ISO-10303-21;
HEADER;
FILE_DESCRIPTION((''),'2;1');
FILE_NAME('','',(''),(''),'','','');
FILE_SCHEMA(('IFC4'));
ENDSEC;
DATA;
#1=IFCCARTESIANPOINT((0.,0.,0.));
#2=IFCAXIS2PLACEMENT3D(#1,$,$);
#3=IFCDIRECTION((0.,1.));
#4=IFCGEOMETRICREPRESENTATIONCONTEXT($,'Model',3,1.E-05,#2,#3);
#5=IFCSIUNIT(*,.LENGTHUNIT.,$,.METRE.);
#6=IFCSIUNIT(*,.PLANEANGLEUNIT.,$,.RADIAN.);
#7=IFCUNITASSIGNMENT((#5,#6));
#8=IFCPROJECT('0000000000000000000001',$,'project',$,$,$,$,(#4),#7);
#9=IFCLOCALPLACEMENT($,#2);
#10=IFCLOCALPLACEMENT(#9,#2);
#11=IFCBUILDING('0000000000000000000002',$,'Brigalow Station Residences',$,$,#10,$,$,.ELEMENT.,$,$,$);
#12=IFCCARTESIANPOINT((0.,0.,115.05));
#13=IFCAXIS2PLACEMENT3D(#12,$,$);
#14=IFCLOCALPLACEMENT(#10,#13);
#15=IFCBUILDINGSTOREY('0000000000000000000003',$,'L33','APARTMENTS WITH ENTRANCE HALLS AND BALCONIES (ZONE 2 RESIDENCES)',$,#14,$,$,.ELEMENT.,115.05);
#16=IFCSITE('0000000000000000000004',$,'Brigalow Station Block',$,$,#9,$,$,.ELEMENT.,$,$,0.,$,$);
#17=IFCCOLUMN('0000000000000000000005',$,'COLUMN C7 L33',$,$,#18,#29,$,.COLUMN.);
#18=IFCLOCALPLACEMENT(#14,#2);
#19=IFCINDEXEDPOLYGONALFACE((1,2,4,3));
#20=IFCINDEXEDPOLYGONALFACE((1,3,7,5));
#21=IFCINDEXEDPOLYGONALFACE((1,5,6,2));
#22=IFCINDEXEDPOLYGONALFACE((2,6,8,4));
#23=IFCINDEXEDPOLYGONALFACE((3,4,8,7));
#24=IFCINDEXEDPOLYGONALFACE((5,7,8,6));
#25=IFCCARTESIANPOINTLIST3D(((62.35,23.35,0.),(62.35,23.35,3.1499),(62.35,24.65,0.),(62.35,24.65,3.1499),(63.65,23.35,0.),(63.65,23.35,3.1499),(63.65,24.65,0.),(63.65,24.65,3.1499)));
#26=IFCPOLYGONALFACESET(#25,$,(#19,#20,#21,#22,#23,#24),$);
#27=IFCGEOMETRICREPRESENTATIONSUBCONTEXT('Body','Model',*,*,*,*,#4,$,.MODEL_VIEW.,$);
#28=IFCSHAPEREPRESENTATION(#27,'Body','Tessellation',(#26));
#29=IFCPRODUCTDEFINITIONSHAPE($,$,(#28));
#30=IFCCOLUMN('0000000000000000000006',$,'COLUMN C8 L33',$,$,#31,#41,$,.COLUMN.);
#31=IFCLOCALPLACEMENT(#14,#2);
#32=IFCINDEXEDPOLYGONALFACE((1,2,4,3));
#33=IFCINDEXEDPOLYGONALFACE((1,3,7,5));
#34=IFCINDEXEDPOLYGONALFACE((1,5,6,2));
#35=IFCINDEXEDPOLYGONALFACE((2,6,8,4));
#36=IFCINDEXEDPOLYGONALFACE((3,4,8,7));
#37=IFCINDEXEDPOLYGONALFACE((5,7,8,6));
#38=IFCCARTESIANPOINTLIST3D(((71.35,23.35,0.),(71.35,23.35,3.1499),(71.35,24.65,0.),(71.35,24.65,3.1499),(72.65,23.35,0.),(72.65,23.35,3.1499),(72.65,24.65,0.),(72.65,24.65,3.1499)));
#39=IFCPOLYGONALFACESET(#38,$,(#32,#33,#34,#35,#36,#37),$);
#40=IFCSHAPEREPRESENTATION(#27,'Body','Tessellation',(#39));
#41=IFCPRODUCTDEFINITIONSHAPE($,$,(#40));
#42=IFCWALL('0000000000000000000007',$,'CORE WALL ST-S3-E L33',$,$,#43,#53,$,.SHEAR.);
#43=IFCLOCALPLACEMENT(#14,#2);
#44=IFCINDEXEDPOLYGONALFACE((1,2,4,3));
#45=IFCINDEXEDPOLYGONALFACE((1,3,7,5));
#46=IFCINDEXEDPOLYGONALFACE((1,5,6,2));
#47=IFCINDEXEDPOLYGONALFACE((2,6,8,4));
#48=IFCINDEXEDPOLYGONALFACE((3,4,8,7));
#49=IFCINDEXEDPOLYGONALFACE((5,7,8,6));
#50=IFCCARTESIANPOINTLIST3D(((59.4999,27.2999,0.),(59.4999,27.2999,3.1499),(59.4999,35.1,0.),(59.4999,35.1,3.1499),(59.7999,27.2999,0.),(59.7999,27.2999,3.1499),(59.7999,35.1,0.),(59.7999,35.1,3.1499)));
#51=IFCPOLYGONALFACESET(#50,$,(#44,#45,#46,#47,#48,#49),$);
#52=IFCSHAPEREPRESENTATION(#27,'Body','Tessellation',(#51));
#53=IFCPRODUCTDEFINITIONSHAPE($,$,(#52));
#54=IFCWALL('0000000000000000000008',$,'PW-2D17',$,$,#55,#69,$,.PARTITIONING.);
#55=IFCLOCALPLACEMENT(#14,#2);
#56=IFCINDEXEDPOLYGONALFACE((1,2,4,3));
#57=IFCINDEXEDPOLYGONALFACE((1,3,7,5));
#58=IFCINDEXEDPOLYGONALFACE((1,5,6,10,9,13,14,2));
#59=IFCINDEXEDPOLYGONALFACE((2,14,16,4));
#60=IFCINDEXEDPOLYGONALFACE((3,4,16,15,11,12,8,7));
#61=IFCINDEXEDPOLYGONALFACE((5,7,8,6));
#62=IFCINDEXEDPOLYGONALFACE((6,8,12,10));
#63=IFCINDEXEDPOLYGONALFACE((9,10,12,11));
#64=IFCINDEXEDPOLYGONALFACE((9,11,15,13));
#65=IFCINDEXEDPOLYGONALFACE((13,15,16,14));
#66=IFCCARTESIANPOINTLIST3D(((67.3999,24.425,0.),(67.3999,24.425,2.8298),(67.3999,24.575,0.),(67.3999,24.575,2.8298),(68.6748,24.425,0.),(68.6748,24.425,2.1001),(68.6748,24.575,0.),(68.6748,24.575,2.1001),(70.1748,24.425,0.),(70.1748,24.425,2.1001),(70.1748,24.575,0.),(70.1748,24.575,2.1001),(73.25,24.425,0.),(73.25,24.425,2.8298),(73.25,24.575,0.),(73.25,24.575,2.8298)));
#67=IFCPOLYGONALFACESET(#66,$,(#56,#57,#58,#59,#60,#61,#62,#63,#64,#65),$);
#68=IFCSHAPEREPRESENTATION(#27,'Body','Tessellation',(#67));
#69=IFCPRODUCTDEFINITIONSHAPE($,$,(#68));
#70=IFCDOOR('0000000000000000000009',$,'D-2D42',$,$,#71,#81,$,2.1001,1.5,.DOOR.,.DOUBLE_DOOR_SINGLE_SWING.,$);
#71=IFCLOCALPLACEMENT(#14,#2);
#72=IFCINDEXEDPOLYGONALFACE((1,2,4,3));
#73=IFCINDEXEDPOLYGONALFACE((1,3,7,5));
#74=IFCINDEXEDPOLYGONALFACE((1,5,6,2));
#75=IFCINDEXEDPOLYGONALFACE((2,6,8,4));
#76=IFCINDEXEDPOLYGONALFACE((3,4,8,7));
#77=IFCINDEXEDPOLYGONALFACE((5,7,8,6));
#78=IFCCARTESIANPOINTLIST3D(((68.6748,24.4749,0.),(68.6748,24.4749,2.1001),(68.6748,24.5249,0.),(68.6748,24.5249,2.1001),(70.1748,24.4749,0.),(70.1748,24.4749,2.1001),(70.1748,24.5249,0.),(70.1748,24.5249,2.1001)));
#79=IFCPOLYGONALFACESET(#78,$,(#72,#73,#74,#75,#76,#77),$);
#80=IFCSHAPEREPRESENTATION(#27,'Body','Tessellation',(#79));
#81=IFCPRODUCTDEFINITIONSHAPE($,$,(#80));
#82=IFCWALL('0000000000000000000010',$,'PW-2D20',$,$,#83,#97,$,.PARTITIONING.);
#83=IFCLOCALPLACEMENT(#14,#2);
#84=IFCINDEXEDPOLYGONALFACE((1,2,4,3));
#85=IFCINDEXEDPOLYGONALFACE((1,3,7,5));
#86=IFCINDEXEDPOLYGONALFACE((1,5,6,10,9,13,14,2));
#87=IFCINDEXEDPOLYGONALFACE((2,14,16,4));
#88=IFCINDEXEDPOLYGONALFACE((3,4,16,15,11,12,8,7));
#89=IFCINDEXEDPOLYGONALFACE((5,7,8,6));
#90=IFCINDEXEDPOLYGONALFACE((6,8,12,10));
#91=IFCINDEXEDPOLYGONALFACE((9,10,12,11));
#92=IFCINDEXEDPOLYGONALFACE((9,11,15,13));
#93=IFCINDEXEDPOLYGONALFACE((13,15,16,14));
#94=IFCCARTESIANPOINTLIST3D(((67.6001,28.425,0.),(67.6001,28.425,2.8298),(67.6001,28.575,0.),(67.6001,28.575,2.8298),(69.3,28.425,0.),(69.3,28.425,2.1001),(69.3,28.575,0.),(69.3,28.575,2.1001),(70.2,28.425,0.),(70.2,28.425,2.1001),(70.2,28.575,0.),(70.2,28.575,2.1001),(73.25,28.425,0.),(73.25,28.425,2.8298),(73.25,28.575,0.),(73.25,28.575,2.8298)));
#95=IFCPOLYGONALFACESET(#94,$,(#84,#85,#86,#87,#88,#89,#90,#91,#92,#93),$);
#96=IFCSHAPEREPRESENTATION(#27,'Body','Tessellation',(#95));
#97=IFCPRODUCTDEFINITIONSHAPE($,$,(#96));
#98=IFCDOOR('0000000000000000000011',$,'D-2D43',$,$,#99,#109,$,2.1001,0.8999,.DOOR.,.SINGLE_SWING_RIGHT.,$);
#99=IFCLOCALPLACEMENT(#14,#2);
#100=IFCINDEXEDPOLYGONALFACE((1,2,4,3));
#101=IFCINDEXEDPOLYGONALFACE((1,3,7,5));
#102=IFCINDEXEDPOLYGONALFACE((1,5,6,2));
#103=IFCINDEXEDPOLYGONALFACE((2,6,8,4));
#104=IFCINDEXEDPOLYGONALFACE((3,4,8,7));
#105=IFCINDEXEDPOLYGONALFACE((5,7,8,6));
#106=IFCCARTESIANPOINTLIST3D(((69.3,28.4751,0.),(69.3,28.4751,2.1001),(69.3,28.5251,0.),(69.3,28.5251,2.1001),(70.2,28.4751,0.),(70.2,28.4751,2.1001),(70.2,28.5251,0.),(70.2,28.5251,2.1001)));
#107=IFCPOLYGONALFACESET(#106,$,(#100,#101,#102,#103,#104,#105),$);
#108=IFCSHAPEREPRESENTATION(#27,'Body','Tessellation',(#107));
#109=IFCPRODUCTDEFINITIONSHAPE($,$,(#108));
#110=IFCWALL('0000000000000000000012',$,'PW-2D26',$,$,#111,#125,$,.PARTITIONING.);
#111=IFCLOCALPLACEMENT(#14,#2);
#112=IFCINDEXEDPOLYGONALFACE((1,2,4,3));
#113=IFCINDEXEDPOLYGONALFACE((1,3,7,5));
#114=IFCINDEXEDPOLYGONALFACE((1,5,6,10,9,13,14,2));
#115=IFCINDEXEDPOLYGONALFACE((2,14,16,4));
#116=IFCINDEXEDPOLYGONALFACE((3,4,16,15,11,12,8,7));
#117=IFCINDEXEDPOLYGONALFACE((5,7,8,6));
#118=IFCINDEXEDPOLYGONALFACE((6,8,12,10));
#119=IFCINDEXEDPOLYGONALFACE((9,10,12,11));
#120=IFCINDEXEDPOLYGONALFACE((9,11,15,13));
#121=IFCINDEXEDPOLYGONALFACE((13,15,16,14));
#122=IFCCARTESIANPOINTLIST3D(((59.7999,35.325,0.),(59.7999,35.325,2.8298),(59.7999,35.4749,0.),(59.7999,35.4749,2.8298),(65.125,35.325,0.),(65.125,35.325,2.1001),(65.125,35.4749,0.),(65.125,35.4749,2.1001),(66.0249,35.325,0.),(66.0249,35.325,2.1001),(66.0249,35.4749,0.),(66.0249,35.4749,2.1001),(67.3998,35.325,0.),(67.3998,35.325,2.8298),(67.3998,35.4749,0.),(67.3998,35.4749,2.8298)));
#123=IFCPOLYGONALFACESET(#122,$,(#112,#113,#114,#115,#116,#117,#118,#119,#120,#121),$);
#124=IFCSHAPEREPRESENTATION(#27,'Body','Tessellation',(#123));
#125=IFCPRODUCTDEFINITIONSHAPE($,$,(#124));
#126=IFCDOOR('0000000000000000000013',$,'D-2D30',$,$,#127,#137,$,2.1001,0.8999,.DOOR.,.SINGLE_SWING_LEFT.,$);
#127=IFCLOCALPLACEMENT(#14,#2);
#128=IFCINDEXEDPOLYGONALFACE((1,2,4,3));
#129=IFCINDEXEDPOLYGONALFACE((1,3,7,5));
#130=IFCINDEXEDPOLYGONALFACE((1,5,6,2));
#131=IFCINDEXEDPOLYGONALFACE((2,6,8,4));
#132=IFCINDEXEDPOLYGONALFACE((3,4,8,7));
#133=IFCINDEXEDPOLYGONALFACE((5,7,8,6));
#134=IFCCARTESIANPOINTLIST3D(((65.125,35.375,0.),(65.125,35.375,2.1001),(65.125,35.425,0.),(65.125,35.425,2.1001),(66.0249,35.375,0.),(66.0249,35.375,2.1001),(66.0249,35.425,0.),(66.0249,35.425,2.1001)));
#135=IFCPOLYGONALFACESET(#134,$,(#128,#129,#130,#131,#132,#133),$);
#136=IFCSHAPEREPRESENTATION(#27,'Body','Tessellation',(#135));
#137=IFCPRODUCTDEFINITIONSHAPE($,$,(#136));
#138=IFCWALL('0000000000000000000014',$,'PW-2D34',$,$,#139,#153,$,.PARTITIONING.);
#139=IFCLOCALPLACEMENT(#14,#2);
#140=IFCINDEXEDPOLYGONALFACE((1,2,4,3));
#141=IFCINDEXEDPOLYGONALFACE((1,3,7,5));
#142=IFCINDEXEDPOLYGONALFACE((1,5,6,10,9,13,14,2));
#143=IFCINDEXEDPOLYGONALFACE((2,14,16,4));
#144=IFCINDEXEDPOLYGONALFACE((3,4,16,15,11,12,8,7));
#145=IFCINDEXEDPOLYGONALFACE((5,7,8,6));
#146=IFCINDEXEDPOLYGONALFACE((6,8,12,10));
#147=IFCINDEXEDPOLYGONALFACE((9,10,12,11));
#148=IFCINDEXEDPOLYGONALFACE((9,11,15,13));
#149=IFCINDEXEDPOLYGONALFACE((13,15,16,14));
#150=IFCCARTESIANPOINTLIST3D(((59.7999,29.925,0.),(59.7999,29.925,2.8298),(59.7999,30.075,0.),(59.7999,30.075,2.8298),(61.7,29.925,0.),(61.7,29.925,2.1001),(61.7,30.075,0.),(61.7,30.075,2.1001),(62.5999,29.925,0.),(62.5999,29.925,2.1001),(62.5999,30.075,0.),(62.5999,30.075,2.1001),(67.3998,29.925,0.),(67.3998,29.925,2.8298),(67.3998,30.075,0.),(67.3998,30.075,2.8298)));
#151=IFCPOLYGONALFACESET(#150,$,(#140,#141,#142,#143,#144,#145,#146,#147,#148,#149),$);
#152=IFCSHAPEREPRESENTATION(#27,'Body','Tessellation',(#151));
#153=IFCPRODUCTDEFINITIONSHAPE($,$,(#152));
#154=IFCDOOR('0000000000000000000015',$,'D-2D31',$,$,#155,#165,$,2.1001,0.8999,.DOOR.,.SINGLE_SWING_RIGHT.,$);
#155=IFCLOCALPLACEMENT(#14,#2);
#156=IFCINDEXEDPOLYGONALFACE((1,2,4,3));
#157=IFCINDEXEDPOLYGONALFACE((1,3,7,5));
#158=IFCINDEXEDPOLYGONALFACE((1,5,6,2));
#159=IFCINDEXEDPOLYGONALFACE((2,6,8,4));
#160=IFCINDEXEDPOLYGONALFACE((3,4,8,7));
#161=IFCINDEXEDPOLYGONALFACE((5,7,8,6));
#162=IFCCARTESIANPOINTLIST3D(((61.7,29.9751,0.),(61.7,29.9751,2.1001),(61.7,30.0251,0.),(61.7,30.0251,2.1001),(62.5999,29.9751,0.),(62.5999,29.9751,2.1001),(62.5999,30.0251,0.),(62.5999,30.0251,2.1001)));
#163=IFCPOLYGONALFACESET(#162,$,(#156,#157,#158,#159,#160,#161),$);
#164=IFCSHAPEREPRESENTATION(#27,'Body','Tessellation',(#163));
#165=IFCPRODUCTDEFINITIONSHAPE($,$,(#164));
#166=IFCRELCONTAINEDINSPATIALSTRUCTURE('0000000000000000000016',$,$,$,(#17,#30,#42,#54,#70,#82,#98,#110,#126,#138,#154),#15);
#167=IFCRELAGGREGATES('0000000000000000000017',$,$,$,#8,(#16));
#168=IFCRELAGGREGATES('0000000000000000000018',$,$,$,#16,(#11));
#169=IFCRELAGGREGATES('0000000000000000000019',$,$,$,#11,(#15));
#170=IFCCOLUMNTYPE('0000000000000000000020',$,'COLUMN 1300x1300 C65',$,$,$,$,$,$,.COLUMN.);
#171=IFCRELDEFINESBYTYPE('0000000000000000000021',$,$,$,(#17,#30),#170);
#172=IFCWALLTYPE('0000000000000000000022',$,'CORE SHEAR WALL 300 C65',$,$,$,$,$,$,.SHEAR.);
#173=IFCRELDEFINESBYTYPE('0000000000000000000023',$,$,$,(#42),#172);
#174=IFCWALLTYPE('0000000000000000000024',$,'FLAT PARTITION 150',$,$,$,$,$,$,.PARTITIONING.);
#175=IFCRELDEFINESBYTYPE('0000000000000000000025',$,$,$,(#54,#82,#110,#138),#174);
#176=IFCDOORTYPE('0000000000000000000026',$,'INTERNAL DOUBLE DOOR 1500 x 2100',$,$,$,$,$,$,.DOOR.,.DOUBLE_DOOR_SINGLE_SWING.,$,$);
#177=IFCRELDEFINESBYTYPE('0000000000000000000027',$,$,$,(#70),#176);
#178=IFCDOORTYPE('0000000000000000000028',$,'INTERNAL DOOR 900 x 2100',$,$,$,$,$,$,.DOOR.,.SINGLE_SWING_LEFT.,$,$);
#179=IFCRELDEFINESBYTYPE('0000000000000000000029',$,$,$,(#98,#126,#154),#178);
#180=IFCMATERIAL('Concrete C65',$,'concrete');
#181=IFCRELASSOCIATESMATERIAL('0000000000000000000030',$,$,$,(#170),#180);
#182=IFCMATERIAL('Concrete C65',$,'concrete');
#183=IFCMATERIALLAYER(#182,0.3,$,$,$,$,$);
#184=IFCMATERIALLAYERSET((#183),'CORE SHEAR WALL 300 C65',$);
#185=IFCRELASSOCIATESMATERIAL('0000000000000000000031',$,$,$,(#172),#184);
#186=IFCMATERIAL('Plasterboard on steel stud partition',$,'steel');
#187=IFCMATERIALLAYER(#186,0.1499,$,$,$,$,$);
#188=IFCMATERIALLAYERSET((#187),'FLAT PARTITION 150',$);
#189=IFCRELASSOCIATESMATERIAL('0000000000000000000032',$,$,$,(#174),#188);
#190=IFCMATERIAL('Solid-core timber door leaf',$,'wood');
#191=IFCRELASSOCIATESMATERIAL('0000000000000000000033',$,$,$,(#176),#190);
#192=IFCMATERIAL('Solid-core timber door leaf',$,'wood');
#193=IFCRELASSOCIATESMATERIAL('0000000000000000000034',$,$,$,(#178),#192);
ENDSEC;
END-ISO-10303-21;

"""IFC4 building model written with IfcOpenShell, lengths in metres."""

from ifc_helpers import new_model, si_unit, direction, frame, frame_2d, origin, origin_2d, place, context, subcontext, project, spatial, rectangle, extrude, material, layer, layer_set, material_profile, profile_set, type_object, element, fill, save


model = new_model("IFC4")

# Units and contexts
model_context = context("Model", 3, precision=1e-05, world=origin(), true_north=direction((0.0, 1.0)))
body_context = subcontext(model_context, "Body", "Model", "MODEL_VIEW")
ifc_project = project(units=[si_unit("LENGTHUNIT", "METRE"), si_unit("PLANEANGLEUNIT", "RADIAN")], contexts=[model_context])

# Site, building, storey
site_placement = place(None, origin())
site = spatial("IfcSite", under=ifc_project, at=site_placement, Name="Brigalow Station Block", CompositionType="ELEMENT", RefElevation=0.0)
building_placement = place(site_placement, origin())
building = spatial("IfcBuilding", under=site, at=building_placement, Name="Brigalow Station Residences", CompositionType="ELEMENT")
storey_placement = place(building_placement, frame((0.0, 0.0, 115.05)))
storey = spatial("IfcBuildingStorey", under=building, at=storey_placement, Name="L33", Description="APARTMENTS WITH ENTRANCE HALLS AND BALCONIES (ZONE 2 RESIDENCES)", CompositionType="ELEMENT", Elevation=115.05)

# Columns
ifc_material_1 = material(Name="Concrete C65", Category="concrete")
ifc_material_profile = material_profile(ifc_material_1, rectangle(XDim=1.3, YDim=1.3, at=origin_2d()), Name="RC1300x1300")
ifc_profile_set = profile_set([ifc_material_profile], Name="Concrete C65")
column_type = type_object("IfcColumnType", Name="COLUMN 1300x1300 C65", PredefinedType="COLUMN", material=ifc_profile_set)
for number, where, z_axis, x_axis, name in (
    (1, (63.0, 24.0, 0.0), (0.0, 0.0, 1.0), (1.0, 0.0, 0.0), "COLUMN C7 L33"),
    (2, (72.0, 24.0, 0.0), (0.0, 0.0, 1.0), (1.0, 0.0, 0.0), "COLUMN C8 L33"),
):
    element("IfcColumn", number, at=place(storey_placement, frame(where, z_axis=z_axis, x_axis=x_axis)), inside=storey, type_object=column_type, Name=name, PredefinedType="COLUMN", context=body_context, shape_type="SweptSolid", body=[
        extrude(rectangle(XDim=1.3, YDim=1.3, at=origin_2d()), origin(), (0.0, 0.0, 1.0), 3.1499),
    ])

# Wall
ifc_material_2 = material(Name="Concrete C65", Category="concrete")
ifc_layer_1 = layer(ifc_material_2, 0.3)
ifc_layer_set_1 = layer_set([ifc_layer_1], Name="CORE SHEAR WALL 300 C65")
wall_type_1 = type_object("IfcWallType", Name="CORE SHEAR WALL 300 C65", PredefinedType="SHEAR", material=ifc_layer_set_1)
wall_1_placement = place(storey_placement, frame((59.6499, 27.3, 0.0), z_axis=(0.0, 0.0, 1.0), x_axis=(0.0, 1.0, 0.0)))
element("IfcWall", 3, at=wall_1_placement, inside=storey, type_object=wall_type_1, Name="CORE WALL ST-S3-E L33", PredefinedType="SHEAR", context=body_context, shape_type="SweptSolid", body=[
    extrude(rectangle(XDim=7.8, YDim=0.3, at=frame_2d((3.8999, 0.0))), origin(), (0.0, 0.0, 1.0), 3.1499),
])

# Walls, openings, doors
ifc_material_3 = material(Name="Plasterboard on steel stud partition", Category="steel")
ifc_layer_2 = layer(ifc_material_3, 0.1499)
ifc_layer_set_2 = layer_set([ifc_layer_2], Name="FLAT PARTITION 150")
wall_type_2 = type_object("IfcWallType", Name="FLAT PARTITION 150", PredefinedType="PARTITIONING", material=ifc_layer_set_2)
wall_2_placement = place(storey_placement, frame((67.3999, 24.5, 0.0), z_axis=(0.0, 0.0, 1.0), x_axis=(1.0, 0.0, 0.0)))
wall_2 = element("IfcWall", 4, at=wall_2_placement, inside=storey, type_object=wall_type_2, Name="PW-2D17", PredefinedType="PARTITIONING", context=body_context, shape_type="SweptSolid", body=[
    extrude(rectangle(XDim=5.8501, YDim=0.1499, at=frame_2d((2.925, 0.0))), origin(), (0.0, 0.0, 1.0), 2.8298),
])
opening_1_placement = place(wall_2_placement, frame((1.2749, 0.0, 0.0)))
opening_1 = element("IfcOpeningElement", 5, at=opening_1_placement, cuts=wall_2, PredefinedType="OPENING", context=body_context, shape_type="SweptSolid", body=[
    extrude(rectangle(XDim=1.5, YDim=2.1001, at=frame_2d((0.75, 1.05))), frame((0.0, 0.085, 0.0), z_axis=(0.0, -1.0, 0.0), x_axis=(1.0, 0.0, 0.0)), (0.0, 0.0, 1.0), 0.1699),
])
ifc_material_4 = material(Name="Solid-core timber door leaf", Category="wood")
door_type_1 = type_object("IfcDoorType", Name="INTERNAL DOUBLE DOOR 1500 x 2100", OperationType="DOUBLE_DOOR_SINGLE_SWING", PredefinedType="DOOR", material=ifc_material_4)
door_1_placement = place(opening_1_placement, origin())
door_1 = element("IfcDoor", 6, at=door_1_placement, inside=storey, type_object=door_type_1, Name="D-2D42", OperationType="DOUBLE_DOOR_SINGLE_SWING", OverallHeight=2.1001, OverallWidth=1.5, PredefinedType="DOOR", context=body_context, shape_type="SweptSolid", body=[
    extrude(rectangle(XDim=1.5, YDim=2.1001, at=frame_2d((0.75, 1.05))), frame((0.0, 0.0249, 0.0), z_axis=(0.0, -1.0, 0.0), x_axis=(1.0, 0.0, 0.0)), (0.0, 0.0, 1.0), 0.05),
])
fill(opening_1, door_1)
wall_3_placement = place(storey_placement, frame((67.6001, 28.5, 0.0), z_axis=(0.0, 0.0, 1.0), x_axis=(1.0, 0.0, 0.0)))
wall_3 = element("IfcWall", 7, at=wall_3_placement, inside=storey, type_object=wall_type_2, Name="PW-2D20", PredefinedType="PARTITIONING", context=body_context, shape_type="SweptSolid", body=[
    extrude(rectangle(XDim=5.6499, YDim=0.1499, at=frame_2d((2.825, 0.0))), origin(), (0.0, 0.0, 1.0), 2.8298),
])
opening_2_placement = place(wall_3_placement, frame((1.7, 0.0, 0.0)))
opening_2 = element("IfcOpeningElement", 8, at=opening_2_placement, cuts=wall_3, PredefinedType="OPENING", context=body_context, shape_type="SweptSolid", body=[
    extrude(rectangle(XDim=0.8999, YDim=2.1001, at=frame_2d((0.45, 1.05))), frame((0.0, 0.085, 0.0), z_axis=(0.0, -1.0, 0.0), x_axis=(1.0, 0.0, 0.0)), (0.0, 0.0, 1.0), 0.1699),
])
ifc_material_5 = material(Name="Solid-core timber door leaf", Category="wood")
door_type_2 = type_object("IfcDoorType", Name="INTERNAL DOOR 900 x 2100", OperationType="SINGLE_SWING_LEFT", PredefinedType="DOOR", material=ifc_material_5)
door_2_placement = place(opening_2_placement, frame((0.8999, 0.0, 0.0), z_axis=(0.0, 0.0, 1.0), x_axis=(-1.0, 0.0, 0.0)))
door_2 = element("IfcDoor", 9, at=door_2_placement, inside=storey, type_object=door_type_2, Name="D-2D43", OperationType="SINGLE_SWING_RIGHT", OverallHeight=2.1001, OverallWidth=0.8999, PredefinedType="DOOR", context=body_context, shape_type="SweptSolid", body=[
    extrude(rectangle(XDim=0.8999, YDim=2.1001, at=frame_2d((0.45, 1.05))), frame((0.0, 0.0249, 0.0), z_axis=(0.0, -1.0, 0.0), x_axis=(1.0, 0.0, 0.0)), (0.0, 0.0, 1.0), 0.05),
])
fill(opening_2, door_2)
wall_4_placement = place(storey_placement, frame((59.8, 35.3999, 0.0), z_axis=(0.0, 0.0, 1.0), x_axis=(1.0, 0.0, 0.0)))
wall_4 = element("IfcWall", 10, at=wall_4_placement, inside=storey, type_object=wall_type_2, Name="PW-2D26", PredefinedType="PARTITIONING", context=body_context, shape_type="SweptSolid", body=[
    extrude(rectangle(XDim=7.5999, YDim=0.1499, at=frame_2d((3.7998, 0.0))), origin(), (0.0, 0.0, 1.0), 2.8298),
])
opening_3_placement = place(wall_4_placement, frame((5.325, 0.0, 0.0)))
opening_3 = element("IfcOpeningElement", 11, at=opening_3_placement, cuts=wall_4, PredefinedType="OPENING", context=body_context, shape_type="SweptSolid", body=[
    extrude(rectangle(XDim=0.8999, YDim=2.1001, at=frame_2d((0.45, 1.05))), frame((0.0, 0.085, 0.0), z_axis=(0.0, -1.0, 0.0), x_axis=(1.0, 0.0, 0.0)), (0.0, 0.0, 1.0), 0.1699),
])
door_3_placement = place(opening_3_placement, frame((0.8999, 0.0, 0.0), z_axis=(0.0, 0.0, 1.0), x_axis=(-1.0, 0.0, 0.0)))
door_3 = element("IfcDoor", 12, at=door_3_placement, inside=storey, type_object=door_type_2, Name="D-2D30", OperationType="SINGLE_SWING_LEFT", OverallHeight=2.1001, OverallWidth=0.8999, PredefinedType="DOOR", context=body_context, shape_type="SweptSolid", body=[
    extrude(rectangle(XDim=0.8999, YDim=2.1001, at=frame_2d((0.45, 1.05))), frame((0.0, 0.0249, 0.0), z_axis=(0.0, -1.0, 0.0), x_axis=(1.0, 0.0, 0.0)), (0.0, 0.0, 1.0), 0.05),
])
fill(opening_3, door_3)
wall_5_placement = place(storey_placement, frame((59.8, 30.0, 0.0), z_axis=(0.0, 0.0, 1.0), x_axis=(1.0, 0.0, 0.0)))
wall_5 = element("IfcWall", 13, at=wall_5_placement, inside=storey, type_object=wall_type_2, Name="PW-2D34", PredefinedType="PARTITIONING", context=body_context, shape_type="SweptSolid", body=[
    extrude(rectangle(XDim=7.5999, YDim=0.1499, at=frame_2d((3.7998, 0.0))), origin(), (0.0, 0.0, 1.0), 2.8298),
])
opening_4_placement = place(wall_5_placement, frame((1.8999, 0.0, 0.0)))
opening_4 = element("IfcOpeningElement", 14, at=opening_4_placement, cuts=wall_5, PredefinedType="OPENING", context=body_context, shape_type="SweptSolid", body=[
    extrude(rectangle(XDim=0.8999, YDim=2.1001, at=frame_2d((0.45, 1.05))), frame((0.0, 0.085, 0.0), z_axis=(0.0, -1.0, 0.0), x_axis=(1.0, 0.0, 0.0)), (0.0, 0.0, 1.0), 0.1699),
])
door_4_placement = place(opening_4_placement, frame((0.8999, 0.0, 0.0), z_axis=(0.0, 0.0, 1.0), x_axis=(-1.0, 0.0, 0.0)))
door_4 = element("IfcDoor", 15, at=door_4_placement, inside=storey, type_object=door_type_2, Name="D-2D31", OperationType="SINGLE_SWING_RIGHT", OverallHeight=2.1001, OverallWidth=0.8999, PredefinedType="DOOR", context=body_context, shape_type="SweptSolid", body=[
    extrude(rectangle(XDim=0.8999, YDim=2.1001, at=frame_2d((0.45, 1.05))), frame((0.0, 0.0249, 0.0), z_axis=(0.0, -1.0, 0.0), x_axis=(1.0, 0.0, 0.0)), (0.0, 0.0, 1.0), 0.05),
])
fill(opening_4, door_4)

save(model, "model.ifc")
